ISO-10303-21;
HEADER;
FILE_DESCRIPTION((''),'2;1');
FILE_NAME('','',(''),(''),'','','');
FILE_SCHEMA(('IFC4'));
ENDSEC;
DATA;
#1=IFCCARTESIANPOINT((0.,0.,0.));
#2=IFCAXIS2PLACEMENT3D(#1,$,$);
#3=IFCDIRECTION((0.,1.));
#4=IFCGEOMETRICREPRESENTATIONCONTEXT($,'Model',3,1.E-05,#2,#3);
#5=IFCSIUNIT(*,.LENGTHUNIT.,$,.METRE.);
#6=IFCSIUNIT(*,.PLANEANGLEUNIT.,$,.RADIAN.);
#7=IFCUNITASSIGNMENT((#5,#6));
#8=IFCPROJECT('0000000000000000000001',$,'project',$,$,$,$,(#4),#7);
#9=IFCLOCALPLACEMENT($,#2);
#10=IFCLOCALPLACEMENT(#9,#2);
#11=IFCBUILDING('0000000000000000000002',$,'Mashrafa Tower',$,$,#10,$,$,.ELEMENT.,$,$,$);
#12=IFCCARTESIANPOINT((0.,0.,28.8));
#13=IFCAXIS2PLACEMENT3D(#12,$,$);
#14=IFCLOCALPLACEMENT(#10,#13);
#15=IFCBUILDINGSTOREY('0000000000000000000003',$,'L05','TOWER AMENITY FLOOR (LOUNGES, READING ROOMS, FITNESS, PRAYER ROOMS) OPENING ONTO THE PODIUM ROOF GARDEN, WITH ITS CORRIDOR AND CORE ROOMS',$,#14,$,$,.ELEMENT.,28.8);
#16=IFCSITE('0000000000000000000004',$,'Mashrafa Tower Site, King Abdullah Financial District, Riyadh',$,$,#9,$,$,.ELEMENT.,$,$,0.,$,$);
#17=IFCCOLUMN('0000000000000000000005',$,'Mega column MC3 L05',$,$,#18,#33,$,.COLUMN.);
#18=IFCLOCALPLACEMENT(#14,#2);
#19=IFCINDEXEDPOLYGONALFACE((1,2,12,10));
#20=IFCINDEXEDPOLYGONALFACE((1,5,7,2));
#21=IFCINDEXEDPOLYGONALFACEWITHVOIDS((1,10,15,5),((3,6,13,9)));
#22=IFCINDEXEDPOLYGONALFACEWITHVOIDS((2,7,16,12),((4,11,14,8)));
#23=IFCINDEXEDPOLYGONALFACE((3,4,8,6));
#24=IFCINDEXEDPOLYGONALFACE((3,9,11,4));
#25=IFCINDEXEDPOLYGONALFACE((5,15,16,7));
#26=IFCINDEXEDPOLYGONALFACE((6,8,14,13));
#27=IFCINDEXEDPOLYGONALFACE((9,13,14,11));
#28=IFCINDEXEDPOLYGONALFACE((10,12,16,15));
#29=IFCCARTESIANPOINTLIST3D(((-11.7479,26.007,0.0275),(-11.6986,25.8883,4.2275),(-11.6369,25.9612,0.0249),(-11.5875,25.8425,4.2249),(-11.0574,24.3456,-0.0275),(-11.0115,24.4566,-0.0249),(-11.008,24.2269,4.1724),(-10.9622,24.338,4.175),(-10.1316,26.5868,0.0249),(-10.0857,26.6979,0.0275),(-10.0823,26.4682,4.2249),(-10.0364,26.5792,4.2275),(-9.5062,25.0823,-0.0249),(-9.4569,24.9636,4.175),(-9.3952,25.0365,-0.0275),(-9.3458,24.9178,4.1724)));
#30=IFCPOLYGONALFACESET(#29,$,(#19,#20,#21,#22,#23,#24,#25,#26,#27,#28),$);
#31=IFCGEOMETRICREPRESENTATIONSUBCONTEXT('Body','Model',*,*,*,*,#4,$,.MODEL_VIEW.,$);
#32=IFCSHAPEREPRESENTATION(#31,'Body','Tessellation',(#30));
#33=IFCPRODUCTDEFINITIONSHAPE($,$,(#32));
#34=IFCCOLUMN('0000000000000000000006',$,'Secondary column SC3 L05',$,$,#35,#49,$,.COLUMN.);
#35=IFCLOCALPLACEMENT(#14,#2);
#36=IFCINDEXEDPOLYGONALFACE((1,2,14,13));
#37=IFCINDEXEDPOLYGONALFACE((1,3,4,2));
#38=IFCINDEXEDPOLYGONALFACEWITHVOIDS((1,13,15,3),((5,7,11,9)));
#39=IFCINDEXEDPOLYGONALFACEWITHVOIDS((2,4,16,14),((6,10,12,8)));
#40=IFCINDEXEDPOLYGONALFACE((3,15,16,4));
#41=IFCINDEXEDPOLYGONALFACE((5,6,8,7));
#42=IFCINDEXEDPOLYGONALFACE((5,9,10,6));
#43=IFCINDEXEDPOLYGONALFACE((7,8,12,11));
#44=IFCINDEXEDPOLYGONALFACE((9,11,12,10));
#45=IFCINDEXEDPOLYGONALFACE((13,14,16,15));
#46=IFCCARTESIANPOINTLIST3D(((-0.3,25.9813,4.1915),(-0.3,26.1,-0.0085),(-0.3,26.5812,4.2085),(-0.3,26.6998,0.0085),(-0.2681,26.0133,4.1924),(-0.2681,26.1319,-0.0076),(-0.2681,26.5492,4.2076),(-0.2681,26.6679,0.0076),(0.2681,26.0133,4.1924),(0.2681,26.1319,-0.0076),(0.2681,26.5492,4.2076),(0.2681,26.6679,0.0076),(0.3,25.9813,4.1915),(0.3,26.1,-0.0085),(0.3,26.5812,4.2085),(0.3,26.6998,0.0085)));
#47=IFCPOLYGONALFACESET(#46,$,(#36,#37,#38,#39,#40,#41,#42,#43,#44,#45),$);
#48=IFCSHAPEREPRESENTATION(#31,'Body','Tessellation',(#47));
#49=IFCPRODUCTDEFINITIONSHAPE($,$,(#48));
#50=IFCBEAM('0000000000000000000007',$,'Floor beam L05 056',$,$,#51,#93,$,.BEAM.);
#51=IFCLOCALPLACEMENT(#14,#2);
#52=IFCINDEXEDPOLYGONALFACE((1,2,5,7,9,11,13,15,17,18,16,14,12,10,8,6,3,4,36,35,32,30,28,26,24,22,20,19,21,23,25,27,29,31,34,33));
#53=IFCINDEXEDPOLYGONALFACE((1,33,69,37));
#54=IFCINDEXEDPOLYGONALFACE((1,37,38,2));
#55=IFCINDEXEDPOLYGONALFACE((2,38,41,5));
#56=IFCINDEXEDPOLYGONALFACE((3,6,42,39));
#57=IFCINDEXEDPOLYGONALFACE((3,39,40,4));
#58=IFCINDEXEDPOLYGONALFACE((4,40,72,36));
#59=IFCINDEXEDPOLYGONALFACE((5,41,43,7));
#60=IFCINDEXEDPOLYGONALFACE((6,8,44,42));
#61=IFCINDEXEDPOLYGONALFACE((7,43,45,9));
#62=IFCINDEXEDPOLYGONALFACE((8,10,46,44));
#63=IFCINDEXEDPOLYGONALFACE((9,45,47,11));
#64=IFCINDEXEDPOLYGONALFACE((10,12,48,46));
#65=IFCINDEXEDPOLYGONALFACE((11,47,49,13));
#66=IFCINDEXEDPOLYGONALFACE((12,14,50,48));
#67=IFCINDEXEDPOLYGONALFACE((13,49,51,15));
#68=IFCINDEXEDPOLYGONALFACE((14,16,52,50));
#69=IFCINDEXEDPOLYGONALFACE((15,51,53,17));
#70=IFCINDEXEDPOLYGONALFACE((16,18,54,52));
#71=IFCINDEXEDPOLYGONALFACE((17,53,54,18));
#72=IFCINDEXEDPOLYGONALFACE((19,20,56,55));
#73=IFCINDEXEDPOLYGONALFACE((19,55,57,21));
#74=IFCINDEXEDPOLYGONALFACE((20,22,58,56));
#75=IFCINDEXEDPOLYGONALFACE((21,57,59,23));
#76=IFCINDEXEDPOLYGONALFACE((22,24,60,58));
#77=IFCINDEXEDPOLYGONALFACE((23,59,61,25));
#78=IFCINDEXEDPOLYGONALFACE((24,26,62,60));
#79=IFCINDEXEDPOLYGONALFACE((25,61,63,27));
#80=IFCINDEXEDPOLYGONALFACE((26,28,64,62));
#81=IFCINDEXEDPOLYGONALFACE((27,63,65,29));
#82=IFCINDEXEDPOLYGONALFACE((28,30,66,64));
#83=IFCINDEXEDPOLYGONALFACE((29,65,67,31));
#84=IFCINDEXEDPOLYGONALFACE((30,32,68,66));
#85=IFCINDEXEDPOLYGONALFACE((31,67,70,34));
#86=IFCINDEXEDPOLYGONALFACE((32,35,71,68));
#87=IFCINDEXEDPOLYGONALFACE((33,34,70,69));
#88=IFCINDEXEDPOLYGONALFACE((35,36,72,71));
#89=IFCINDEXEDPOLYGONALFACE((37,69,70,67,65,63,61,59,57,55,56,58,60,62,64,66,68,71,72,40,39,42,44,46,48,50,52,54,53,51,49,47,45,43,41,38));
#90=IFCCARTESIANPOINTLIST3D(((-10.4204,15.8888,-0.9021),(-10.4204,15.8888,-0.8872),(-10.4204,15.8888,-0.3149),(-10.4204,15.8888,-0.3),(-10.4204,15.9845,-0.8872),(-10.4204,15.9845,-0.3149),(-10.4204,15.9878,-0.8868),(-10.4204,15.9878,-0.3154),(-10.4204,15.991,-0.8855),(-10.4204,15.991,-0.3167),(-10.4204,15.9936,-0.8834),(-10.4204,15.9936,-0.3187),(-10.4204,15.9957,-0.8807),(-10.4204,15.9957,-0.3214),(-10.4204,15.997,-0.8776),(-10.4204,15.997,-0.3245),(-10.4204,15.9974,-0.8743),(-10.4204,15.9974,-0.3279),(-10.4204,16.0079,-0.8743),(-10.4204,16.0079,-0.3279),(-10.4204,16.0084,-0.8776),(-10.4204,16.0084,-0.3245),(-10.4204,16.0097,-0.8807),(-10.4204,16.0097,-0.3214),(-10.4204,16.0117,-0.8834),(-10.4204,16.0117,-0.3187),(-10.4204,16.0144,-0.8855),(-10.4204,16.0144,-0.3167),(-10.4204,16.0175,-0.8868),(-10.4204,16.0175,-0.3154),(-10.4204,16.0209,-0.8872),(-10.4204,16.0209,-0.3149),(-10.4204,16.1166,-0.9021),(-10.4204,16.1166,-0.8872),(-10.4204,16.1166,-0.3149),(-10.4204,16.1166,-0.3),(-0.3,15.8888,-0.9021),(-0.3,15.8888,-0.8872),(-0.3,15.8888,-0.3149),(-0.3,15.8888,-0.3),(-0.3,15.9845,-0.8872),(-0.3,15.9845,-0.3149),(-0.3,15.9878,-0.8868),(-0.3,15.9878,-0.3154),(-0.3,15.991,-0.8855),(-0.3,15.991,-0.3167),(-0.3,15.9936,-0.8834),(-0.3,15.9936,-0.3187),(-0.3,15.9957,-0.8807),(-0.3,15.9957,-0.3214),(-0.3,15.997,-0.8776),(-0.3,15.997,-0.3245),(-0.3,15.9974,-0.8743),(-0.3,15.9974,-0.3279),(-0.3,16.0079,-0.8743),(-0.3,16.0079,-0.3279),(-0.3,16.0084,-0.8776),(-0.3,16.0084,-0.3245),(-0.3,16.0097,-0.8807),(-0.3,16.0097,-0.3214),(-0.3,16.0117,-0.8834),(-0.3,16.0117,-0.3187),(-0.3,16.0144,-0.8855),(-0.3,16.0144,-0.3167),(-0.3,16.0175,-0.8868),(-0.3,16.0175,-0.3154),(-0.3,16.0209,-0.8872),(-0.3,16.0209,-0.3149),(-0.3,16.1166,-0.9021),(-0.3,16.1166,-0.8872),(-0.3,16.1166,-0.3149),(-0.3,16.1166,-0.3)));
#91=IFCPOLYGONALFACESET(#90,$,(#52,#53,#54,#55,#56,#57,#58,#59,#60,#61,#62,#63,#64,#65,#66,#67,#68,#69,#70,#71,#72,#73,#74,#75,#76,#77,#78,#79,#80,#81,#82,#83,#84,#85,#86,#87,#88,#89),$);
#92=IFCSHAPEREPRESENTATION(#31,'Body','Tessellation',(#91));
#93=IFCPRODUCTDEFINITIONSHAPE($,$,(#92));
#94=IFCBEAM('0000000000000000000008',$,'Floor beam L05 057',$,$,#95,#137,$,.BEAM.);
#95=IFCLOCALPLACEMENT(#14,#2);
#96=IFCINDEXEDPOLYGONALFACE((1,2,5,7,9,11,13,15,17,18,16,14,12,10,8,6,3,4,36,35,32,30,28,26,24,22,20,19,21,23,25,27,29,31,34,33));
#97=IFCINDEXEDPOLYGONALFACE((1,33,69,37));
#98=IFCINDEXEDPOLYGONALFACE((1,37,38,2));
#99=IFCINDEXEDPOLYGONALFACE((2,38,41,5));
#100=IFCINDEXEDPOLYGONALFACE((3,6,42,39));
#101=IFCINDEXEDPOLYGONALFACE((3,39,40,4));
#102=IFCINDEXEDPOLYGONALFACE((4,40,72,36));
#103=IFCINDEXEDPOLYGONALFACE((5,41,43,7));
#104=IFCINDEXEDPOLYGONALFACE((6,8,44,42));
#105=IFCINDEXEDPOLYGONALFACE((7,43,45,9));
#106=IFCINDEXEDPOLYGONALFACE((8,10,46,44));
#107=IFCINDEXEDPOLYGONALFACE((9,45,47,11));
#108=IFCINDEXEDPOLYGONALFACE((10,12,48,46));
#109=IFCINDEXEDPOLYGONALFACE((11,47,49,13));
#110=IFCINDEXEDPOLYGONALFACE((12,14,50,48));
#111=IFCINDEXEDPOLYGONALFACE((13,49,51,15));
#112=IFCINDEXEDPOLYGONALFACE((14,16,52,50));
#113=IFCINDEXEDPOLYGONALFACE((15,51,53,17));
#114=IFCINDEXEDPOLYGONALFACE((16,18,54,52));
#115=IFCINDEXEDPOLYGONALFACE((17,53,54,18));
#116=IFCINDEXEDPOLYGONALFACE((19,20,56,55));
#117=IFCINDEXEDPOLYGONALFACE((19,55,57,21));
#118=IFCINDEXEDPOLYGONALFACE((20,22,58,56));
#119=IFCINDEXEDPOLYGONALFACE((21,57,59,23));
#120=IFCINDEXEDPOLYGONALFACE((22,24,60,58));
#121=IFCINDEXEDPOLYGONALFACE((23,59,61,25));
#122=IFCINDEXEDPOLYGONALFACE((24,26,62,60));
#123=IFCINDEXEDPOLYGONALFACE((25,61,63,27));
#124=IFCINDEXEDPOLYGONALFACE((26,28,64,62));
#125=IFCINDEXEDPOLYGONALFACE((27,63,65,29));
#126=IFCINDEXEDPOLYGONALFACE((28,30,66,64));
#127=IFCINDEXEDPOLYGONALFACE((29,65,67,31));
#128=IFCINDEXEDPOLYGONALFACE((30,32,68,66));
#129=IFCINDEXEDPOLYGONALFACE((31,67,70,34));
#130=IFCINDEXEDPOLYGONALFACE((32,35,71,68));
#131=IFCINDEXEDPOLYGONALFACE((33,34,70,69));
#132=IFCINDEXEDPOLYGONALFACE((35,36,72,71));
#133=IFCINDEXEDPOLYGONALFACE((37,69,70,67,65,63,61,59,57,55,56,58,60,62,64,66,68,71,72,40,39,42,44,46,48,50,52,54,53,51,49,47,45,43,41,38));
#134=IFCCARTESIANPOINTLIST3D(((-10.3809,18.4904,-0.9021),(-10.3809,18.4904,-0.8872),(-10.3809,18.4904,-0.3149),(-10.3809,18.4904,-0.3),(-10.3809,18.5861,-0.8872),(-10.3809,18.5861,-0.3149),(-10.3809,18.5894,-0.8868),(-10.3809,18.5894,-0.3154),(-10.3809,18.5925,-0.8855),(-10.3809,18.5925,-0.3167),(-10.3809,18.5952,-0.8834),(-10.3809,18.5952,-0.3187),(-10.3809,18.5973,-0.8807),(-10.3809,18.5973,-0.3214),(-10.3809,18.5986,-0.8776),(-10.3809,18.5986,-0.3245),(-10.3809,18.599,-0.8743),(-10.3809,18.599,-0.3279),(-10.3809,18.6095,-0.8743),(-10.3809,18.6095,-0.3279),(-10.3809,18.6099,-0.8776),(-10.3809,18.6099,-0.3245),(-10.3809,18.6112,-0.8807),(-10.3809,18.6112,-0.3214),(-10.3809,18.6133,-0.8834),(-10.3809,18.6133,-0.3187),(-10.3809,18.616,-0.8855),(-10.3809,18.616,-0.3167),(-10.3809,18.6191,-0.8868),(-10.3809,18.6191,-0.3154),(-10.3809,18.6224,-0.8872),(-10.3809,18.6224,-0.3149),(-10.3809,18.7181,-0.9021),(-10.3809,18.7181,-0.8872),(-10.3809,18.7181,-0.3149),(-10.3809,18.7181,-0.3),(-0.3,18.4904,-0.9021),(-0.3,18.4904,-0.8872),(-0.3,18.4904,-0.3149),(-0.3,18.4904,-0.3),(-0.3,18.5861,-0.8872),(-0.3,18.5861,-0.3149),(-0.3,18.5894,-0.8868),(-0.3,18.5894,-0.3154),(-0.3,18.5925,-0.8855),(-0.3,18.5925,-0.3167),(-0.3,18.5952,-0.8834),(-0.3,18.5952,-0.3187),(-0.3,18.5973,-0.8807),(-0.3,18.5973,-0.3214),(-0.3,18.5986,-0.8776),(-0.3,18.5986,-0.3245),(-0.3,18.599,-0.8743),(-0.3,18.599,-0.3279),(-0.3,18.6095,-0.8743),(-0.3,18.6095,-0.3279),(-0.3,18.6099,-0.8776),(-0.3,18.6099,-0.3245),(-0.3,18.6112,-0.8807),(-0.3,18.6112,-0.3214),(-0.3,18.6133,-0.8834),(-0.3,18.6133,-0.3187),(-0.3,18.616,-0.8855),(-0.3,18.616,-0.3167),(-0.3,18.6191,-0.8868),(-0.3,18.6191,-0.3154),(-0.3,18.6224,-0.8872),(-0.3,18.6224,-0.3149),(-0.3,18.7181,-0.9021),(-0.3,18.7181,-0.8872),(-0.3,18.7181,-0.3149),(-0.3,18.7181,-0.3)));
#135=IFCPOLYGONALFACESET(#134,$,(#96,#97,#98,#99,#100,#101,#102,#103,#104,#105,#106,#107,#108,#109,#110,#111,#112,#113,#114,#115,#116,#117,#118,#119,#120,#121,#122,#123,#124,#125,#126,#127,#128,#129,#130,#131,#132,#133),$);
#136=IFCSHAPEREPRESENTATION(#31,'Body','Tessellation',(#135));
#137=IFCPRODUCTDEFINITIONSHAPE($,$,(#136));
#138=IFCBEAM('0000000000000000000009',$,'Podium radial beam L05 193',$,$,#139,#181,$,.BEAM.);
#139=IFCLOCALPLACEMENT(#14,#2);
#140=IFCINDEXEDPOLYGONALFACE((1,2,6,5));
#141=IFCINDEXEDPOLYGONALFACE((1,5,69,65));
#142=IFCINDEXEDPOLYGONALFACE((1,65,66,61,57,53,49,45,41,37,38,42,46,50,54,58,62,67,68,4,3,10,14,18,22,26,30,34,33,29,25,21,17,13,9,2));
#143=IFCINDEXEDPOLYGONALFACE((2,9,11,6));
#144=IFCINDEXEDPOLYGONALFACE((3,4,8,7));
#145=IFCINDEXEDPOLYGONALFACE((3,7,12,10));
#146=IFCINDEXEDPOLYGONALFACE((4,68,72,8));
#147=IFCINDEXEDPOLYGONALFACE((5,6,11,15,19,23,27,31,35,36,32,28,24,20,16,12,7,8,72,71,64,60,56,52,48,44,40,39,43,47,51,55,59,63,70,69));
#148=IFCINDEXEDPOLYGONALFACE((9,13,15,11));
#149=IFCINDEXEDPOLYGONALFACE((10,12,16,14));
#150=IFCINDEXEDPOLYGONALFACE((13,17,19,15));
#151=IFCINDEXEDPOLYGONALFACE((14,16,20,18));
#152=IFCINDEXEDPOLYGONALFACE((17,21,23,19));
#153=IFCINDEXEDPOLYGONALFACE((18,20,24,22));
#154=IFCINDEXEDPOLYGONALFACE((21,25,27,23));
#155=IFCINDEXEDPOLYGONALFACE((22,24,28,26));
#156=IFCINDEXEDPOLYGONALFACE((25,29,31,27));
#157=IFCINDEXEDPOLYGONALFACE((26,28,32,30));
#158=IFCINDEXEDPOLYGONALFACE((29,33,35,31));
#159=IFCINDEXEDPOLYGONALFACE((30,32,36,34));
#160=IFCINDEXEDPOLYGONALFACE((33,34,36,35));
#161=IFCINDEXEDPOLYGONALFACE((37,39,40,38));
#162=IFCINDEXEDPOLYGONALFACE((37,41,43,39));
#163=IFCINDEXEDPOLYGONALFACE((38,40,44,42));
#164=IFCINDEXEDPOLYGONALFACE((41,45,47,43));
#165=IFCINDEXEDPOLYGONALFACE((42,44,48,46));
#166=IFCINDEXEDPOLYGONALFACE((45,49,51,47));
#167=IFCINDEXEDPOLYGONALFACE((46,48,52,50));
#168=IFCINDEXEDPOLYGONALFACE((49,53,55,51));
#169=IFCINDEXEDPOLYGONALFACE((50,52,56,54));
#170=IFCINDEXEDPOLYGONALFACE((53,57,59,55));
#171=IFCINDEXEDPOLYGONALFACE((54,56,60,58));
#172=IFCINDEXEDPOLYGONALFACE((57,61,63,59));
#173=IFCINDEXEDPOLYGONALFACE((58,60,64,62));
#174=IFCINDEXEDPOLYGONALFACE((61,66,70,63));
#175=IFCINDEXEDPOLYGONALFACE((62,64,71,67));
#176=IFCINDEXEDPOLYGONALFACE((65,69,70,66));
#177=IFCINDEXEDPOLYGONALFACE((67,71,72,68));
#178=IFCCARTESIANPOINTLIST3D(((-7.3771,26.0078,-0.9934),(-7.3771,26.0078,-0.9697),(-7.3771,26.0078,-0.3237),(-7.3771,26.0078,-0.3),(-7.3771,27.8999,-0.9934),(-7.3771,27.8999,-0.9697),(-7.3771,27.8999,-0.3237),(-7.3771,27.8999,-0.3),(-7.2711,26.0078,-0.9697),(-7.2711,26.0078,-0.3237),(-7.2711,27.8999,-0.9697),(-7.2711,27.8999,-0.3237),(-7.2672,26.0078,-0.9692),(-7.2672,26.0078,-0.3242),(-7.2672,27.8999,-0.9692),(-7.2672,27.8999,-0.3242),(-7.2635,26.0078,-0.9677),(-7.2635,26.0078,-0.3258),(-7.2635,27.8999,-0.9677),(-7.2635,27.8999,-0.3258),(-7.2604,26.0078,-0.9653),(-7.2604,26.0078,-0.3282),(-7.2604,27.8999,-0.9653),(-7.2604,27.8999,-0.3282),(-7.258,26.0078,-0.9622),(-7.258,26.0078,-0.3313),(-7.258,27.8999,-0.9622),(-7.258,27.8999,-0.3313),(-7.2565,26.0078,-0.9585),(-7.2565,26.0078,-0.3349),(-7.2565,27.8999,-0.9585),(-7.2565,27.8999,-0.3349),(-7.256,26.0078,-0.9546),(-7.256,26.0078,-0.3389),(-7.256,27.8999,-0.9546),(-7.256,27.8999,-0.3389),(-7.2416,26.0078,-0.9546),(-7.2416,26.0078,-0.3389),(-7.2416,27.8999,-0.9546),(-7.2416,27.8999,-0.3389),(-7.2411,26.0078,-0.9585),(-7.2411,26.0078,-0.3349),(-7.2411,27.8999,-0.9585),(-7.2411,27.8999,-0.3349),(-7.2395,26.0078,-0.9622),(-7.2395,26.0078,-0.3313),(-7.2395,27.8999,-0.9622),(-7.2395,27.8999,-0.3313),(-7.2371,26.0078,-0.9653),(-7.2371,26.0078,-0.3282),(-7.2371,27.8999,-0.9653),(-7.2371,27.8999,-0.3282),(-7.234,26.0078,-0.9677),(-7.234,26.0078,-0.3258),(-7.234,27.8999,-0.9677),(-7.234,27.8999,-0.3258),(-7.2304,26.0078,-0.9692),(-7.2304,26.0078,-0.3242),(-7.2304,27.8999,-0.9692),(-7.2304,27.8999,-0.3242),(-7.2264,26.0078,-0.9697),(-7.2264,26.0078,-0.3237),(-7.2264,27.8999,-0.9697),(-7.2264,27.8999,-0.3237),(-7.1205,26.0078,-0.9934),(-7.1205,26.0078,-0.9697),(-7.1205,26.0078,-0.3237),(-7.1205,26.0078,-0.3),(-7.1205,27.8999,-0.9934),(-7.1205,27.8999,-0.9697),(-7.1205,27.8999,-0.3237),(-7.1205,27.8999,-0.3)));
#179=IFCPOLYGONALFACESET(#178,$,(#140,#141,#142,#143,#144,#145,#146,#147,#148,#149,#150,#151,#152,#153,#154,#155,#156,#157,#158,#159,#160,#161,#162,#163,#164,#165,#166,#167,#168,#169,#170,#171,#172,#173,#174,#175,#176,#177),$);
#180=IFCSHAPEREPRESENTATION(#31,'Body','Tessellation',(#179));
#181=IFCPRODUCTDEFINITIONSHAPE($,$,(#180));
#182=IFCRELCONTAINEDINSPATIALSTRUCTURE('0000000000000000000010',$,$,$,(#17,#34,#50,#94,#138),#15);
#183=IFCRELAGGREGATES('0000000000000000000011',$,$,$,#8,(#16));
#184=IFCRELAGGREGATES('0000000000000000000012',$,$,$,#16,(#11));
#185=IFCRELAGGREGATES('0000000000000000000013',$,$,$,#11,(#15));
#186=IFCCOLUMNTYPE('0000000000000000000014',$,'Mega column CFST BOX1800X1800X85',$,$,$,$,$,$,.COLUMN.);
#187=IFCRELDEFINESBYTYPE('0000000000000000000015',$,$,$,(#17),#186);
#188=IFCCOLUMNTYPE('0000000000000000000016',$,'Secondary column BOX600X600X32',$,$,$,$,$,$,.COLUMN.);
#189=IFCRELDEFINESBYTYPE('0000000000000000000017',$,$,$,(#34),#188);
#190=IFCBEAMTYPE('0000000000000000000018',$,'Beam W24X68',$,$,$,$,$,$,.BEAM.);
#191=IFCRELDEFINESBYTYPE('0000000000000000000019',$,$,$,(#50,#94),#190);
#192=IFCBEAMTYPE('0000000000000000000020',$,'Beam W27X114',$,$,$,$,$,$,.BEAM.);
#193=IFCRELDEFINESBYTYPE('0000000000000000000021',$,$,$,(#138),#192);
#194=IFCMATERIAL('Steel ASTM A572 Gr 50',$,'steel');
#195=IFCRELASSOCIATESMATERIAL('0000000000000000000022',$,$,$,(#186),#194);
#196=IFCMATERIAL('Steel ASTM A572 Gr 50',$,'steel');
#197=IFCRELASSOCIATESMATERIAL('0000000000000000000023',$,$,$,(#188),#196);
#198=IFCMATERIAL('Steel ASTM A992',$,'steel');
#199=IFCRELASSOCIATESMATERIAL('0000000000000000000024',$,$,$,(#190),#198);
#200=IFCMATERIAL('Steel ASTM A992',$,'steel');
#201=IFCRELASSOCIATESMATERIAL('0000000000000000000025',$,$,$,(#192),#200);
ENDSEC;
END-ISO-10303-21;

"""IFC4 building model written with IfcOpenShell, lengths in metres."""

from ifc_helpers import new_model, si_unit, direction, frame, origin, origin_2d, place, context, subcontext, project, spatial, hollow_rectangle, i_section, extrude, material, material_profile, profile_set, type_object, element, save


model = new_model("IFC4")

# Units and contexts
model_context = context("Model", 3, precision=1e-05, world=origin(), true_north=direction((0.0, 1.0)))
body_context = subcontext(model_context, "Body", "Model", "MODEL_VIEW")
ifc_project = project(units=[si_unit("LENGTHUNIT", "METRE"), si_unit("PLANEANGLEUNIT", "RADIAN")], contexts=[model_context])

# Site, building, storey
site_placement = place(None, origin())
site = spatial("IfcSite", under=ifc_project, at=site_placement, Name="Mashrafa Tower Site, King Abdullah Financial District, Riyadh", CompositionType="ELEMENT", RefElevation=0.0)
building_placement = place(site_placement, origin())
building = spatial("IfcBuilding", under=site, at=building_placement, Name="Mashrafa Tower", CompositionType="ELEMENT")
storey_placement = place(building_placement, frame((0.0, 0.0, 28.8)))
storey = spatial("IfcBuildingStorey", under=building, at=storey_placement, Name="L05", Description="TOWER AMENITY FLOOR (LOUNGES, READING ROOMS, FITNESS, PRAYER ROOMS) OPENING ONTO THE PODIUM ROOF GARDEN, WITH ITS CORRIDOR AND CORE ROOMS", CompositionType="ELEMENT", Elevation=28.8)

# Columns
ifc_material_1 = material(Name="Steel ASTM A572 Gr 50", Category="steel")
ifc_material_profile_1 = material_profile(ifc_material_1, hollow_rectangle(XDim=1.8, YDim=1.8, WallThickness=0.085, at=origin_2d()), Name="BOX1800X1800X85")
ifc_profile_set_1 = profile_set([ifc_material_profile_1], Name="Steel ASTM A572 Gr 50")
column_type_1 = type_object("IfcColumnType", Name="Mega column CFST BOX1800X1800X85", PredefinedType="COLUMN", material=ifc_profile_set_1)
column_1_placement = place(storey_placement, frame((-10.5715, 25.5217, 0.0), z_axis=(0.011737, -0.028238, 0.999532), x_axis=(0.923414, 0.383806, 0.0)))
element("IfcColumn", 1, at=column_1_placement, inside=storey, type_object=column_type_1, Name="Mega column MC3 L05", PredefinedType="COLUMN", context=body_context, shape_type="SweptSolid", body=[
    extrude(hollow_rectangle(XDim=1.8, YDim=1.8, WallThickness=0.085, at=origin_2d()), origin(), (0.0, 0.0, 1.0), 4.2019),
])
ifc_material_2 = material(Name="Steel ASTM A572 Gr 50", Category="steel")
ifc_material_profile_2 = material_profile(ifc_material_2, hollow_rectangle(XDim=0.6001, YDim=0.6001, WallThickness=0.032, at=origin_2d()), Name="BOX600X600X32")
ifc_profile_set_2 = profile_set([ifc_material_profile_2], Name="Steel ASTM A572 Gr 50")
column_type_2 = type_object("IfcColumnType", Name="Secondary column BOX600X600X32", PredefinedType="COLUMN", material=ifc_profile_set_2)
column_2_placement = place(storey_placement, frame((0.0, 26.3999, 0.0), z_axis=(0.0, -0.02824, 0.999601), x_axis=(1.0, 0.0, 0.0)))
element("IfcColumn", 2, at=column_2_placement, inside=storey, type_object=column_type_2, Name="Secondary column SC3 L05", PredefinedType="COLUMN", context=body_context, shape_type="SweptSolid", body=[
    extrude(hollow_rectangle(XDim=0.6001, YDim=0.6001, WallThickness=0.032, at=origin_2d()), origin(), (0.0, 0.0, 1.0), 4.2017),
])

# Beams
ifc_material_3 = material(Name="Steel ASTM A992", Category="steel")
ifc_material_profile_3 = material_profile(ifc_material_3, i_section(OverallWidth=0.2278, OverallDepth=0.6021, WebThickness=0.0105, FlangeThickness=0.0149, FilletRadius=0.0129, at=origin_2d()), Name="W24X68")
ifc_profile_set_3 = profile_set([ifc_material_profile_3], Name="Steel ASTM A992")
beam_type_1 = type_object("IfcBeamType", Name="Beam W24X68", PredefinedType="BEAM", material=ifc_profile_set_3)
beam_1_placement = place(storey_placement, frame((-10.4204, 16.0027, -0.6011), z_axis=(1.0, 0.0, 0.0), x_axis=(0.0, 1.0, 0.0)))
element("IfcBeam", 3, at=beam_1_placement, inside=storey, type_object=beam_type_1, Name="Floor beam L05 056", PredefinedType="BEAM", context=body_context, shape_type="SweptSolid", body=[
    extrude(i_section(OverallWidth=0.2278, OverallDepth=0.6021, WebThickness=0.0105, FlangeThickness=0.0149, FilletRadius=0.0129, at=origin_2d()), origin(), (0.0, 0.0, 1.0), 10.1204),
])
beam_2_placement = place(storey_placement, frame((-10.3809, 18.6042, -0.6011), z_axis=(1.0, 0.0, 0.0), x_axis=(0.0, 1.0, 0.0)))
element("IfcBeam", 4, at=beam_2_placement, inside=storey, type_object=beam_type_1, Name="Floor beam L05 057", PredefinedType="BEAM", context=body_context, shape_type="SweptSolid", body=[
    extrude(i_section(OverallWidth=0.2278, OverallDepth=0.6021, WebThickness=0.0105, FlangeThickness=0.0149, FilletRadius=0.0129, at=origin_2d()), origin(), (0.0, 0.0, 1.0), 10.0808),
])
ifc_material_4 = material(Name="Steel ASTM A992", Category="steel")
ifc_material_profile_4 = material_profile(ifc_material_4, i_section(OverallWidth=0.2566, OverallDepth=0.6934, WebThickness=0.0144, FlangeThickness=0.0237, FilletRadius=0.0151, at=origin_2d()), Name="W27X114")
ifc_profile_set_4 = profile_set([ifc_material_profile_4], Name="Steel ASTM A992")
beam_type_2 = type_object("IfcBeamType", Name="Beam W27X114", PredefinedType="BEAM", material=ifc_profile_set_4)
beam_3_placement = place(storey_placement, frame((-7.2488, 26.0078, -0.6467), z_axis=(0.0, 1.0, 0.0), x_axis=(-1.0, 0.0, 0.0)))
element("IfcBeam", 5, at=beam_3_placement, inside=storey, type_object=beam_type_2, Name="Podium radial beam L05 193", PredefinedType="BEAM", context=body_context, shape_type="SweptSolid", body=[
    extrude(i_section(OverallWidth=0.2566, OverallDepth=0.6934, WebThickness=0.0144, FlangeThickness=0.0237, FilletRadius=0.0151, at=origin_2d()), origin(), (0.0, 0.0, 1.0), 1.8921),
])

save(model, "model.ifc")
